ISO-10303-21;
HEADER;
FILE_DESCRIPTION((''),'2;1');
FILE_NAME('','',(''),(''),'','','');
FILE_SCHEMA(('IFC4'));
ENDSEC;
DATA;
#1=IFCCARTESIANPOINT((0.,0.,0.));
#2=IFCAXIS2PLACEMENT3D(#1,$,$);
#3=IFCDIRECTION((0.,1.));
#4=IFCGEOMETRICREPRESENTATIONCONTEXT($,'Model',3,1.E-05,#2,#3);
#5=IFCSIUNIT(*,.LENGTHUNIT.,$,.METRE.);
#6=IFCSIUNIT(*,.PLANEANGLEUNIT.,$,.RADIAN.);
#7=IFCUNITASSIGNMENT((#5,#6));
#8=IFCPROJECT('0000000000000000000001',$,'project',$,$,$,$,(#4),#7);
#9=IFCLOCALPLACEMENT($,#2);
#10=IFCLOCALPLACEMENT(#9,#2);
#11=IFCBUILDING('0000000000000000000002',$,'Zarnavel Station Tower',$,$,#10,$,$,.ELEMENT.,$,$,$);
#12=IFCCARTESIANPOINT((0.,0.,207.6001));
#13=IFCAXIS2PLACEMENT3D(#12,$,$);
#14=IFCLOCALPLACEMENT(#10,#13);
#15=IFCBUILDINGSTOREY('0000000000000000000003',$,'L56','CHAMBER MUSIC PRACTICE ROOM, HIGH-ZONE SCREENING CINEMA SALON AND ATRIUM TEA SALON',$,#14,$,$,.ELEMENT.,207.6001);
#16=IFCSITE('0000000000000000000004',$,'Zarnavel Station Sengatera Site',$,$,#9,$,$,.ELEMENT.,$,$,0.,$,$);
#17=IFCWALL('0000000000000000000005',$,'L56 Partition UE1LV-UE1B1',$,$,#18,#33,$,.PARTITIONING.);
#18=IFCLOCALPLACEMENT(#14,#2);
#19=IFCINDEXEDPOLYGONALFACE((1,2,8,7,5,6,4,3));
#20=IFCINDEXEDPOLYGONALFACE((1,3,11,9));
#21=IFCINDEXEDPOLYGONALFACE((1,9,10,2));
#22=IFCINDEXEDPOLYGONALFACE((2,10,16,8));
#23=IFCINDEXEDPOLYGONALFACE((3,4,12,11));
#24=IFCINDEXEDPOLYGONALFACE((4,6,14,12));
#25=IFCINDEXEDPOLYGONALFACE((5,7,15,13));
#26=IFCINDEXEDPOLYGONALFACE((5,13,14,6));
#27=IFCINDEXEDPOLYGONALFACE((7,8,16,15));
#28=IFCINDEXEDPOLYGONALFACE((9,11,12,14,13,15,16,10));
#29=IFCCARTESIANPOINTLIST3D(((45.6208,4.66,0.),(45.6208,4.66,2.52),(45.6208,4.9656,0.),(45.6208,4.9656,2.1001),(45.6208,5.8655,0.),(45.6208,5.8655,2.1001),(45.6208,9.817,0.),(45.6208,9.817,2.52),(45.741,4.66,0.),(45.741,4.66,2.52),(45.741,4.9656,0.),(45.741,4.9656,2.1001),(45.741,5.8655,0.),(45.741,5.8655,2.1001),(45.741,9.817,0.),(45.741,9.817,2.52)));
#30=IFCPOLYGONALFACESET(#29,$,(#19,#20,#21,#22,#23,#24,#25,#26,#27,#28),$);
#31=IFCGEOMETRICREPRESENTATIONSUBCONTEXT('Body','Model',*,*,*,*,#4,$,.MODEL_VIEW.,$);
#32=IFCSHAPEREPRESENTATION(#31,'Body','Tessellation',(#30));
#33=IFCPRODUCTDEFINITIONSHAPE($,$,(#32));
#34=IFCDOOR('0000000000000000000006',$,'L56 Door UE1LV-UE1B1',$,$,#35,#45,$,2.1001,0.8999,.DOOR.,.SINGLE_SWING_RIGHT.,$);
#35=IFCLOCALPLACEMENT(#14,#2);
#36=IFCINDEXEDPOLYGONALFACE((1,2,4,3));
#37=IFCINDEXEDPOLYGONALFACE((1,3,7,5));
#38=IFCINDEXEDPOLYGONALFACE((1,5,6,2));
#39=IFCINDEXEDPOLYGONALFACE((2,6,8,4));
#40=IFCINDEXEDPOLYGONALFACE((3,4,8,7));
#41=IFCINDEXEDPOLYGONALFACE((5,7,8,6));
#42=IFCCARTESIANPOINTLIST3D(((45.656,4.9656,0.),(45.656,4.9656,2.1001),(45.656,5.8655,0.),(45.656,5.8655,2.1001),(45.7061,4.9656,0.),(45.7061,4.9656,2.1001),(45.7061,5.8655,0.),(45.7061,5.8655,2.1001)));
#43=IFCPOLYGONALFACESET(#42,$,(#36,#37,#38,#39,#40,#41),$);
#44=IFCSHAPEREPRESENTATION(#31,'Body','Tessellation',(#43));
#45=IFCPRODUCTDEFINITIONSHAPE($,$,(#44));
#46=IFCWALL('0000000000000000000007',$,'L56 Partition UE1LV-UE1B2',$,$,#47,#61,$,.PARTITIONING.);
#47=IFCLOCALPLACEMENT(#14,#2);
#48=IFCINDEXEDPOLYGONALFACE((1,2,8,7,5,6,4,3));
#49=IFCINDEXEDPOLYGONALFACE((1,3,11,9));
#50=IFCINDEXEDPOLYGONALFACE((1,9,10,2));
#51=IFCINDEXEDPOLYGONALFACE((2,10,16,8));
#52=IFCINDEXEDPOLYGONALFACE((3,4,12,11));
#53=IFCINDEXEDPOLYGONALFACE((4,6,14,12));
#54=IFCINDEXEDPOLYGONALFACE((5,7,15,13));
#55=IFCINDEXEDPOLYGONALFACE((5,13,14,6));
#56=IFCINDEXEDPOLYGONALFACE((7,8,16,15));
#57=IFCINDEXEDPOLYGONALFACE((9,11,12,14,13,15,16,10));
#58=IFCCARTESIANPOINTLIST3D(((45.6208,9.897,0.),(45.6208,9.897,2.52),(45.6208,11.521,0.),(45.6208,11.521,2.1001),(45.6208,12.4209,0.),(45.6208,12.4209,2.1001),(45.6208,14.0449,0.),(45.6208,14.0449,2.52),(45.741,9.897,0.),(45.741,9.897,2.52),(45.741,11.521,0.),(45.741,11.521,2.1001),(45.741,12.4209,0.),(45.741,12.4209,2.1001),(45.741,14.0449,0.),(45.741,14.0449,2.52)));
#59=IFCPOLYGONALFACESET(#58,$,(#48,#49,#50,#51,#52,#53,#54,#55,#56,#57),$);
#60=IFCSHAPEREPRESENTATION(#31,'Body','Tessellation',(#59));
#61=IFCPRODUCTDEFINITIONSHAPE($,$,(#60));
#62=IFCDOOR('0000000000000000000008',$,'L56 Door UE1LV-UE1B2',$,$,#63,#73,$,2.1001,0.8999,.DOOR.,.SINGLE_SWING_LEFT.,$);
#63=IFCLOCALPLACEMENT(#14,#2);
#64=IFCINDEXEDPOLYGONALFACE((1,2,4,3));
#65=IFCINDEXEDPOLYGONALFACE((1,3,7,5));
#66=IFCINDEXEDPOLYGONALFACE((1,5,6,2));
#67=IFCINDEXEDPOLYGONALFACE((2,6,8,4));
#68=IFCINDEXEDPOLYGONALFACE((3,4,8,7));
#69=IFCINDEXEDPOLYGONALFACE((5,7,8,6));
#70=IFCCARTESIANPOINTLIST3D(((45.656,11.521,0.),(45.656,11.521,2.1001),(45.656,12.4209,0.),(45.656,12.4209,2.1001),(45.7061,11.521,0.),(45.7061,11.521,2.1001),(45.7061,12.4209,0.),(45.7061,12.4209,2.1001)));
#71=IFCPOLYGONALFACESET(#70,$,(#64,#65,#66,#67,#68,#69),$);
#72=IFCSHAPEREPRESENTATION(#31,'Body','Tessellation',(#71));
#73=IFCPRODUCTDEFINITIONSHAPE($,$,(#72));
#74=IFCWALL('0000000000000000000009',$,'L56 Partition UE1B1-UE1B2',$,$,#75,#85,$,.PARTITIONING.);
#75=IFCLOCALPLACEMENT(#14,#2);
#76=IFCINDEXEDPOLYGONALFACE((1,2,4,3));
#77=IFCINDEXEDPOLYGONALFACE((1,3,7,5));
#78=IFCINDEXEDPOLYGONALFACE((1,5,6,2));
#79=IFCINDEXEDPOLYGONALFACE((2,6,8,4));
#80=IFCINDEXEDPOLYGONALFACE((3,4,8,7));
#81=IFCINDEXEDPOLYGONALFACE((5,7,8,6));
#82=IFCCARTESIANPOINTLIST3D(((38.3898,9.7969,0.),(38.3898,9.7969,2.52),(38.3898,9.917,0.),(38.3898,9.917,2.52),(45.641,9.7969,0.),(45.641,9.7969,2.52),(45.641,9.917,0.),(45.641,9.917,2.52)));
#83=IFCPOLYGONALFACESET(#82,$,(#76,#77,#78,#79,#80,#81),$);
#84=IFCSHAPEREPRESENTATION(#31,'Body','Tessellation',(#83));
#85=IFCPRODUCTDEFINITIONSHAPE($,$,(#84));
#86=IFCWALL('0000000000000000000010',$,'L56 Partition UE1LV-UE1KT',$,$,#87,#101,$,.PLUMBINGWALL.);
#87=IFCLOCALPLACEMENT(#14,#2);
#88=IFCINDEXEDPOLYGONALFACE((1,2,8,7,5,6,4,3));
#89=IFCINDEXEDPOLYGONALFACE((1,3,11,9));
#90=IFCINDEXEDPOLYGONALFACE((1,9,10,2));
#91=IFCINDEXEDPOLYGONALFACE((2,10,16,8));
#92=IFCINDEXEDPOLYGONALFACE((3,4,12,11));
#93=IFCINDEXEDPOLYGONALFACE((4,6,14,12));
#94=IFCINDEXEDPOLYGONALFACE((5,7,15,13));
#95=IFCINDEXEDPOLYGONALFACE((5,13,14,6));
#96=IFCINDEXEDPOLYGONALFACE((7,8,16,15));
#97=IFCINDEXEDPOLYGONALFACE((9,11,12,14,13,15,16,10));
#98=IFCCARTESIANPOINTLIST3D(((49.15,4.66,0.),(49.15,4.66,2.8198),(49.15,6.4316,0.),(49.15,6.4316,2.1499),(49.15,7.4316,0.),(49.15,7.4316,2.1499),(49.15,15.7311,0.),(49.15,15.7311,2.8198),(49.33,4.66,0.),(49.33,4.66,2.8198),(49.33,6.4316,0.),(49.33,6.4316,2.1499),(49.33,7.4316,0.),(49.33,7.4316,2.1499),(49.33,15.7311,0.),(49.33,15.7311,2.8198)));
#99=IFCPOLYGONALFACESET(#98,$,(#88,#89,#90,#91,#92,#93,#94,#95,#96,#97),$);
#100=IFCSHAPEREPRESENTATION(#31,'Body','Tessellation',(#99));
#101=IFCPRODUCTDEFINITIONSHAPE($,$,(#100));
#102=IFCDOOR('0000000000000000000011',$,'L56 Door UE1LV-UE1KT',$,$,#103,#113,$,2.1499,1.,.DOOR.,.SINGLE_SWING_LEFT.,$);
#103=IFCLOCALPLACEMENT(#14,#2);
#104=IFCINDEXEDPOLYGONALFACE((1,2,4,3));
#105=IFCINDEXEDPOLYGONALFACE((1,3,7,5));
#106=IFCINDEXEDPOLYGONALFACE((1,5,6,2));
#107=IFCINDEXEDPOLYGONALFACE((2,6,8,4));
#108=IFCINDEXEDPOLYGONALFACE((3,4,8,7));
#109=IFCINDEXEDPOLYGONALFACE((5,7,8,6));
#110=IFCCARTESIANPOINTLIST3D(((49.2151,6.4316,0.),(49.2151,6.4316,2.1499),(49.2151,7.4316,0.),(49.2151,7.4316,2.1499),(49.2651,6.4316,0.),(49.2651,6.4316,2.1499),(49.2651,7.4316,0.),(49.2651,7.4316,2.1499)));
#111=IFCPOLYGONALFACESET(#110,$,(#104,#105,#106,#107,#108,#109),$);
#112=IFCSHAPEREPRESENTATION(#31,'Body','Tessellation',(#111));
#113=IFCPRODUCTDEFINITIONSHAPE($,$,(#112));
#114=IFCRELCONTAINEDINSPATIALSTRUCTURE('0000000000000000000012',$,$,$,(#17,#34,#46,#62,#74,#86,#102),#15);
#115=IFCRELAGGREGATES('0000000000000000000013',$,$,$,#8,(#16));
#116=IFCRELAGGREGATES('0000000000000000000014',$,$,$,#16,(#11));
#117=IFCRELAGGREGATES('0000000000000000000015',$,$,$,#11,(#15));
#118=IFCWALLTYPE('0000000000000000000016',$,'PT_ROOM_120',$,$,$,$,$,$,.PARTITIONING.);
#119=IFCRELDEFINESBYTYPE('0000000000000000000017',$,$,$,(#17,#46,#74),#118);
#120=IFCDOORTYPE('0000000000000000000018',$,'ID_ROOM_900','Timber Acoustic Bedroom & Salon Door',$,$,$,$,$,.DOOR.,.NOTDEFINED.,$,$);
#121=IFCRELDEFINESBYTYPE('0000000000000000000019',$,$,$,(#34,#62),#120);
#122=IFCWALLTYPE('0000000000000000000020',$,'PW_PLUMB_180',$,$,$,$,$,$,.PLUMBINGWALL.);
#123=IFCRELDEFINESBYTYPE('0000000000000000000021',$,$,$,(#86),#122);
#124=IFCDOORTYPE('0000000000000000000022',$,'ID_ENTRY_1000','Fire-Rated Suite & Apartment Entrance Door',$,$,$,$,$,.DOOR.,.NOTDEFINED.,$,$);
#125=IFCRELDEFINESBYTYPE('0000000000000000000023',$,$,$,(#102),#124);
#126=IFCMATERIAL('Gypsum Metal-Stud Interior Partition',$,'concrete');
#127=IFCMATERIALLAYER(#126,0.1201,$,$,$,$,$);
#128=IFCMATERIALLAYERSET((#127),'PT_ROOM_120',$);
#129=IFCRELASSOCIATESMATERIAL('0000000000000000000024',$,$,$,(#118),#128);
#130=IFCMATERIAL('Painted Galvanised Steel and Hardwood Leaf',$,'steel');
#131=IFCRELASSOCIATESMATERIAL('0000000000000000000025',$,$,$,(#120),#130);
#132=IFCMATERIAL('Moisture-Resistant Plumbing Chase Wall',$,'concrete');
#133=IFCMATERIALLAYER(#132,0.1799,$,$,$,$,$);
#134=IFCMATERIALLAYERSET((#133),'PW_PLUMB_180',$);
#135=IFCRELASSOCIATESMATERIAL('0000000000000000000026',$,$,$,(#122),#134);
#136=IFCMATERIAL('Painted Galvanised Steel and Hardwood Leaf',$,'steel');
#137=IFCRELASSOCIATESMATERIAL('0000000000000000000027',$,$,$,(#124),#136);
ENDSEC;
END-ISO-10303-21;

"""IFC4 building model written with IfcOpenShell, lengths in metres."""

from ifc_helpers import new_model, si_unit, direction, frame, frame_2d, origin, place, context, subcontext, project, spatial, rectangle, extrude, material, layer, layer_set, type_object, element, fill, save


model = new_model("IFC4")

# Units and contexts
model_context = context("Model", 3, precision=1e-05, world=origin(), true_north=direction((0.0, 1.0)))
body_context = subcontext(model_context, "Body", "Model", "MODEL_VIEW")
ifc_project = project(units=[si_unit("LENGTHUNIT", "METRE"), si_unit("PLANEANGLEUNIT", "RADIAN")], contexts=[model_context])

# Site, building, storey
site_placement = place(None, origin())
site = spatial("IfcSite", under=ifc_project, at=site_placement, Name="Zarnavel Station Sengatera Site", CompositionType="ELEMENT", RefElevation=0.0)
building_placement = place(site_placement, origin())
building = spatial("IfcBuilding", under=site, at=building_placement, Name="Zarnavel Station Tower", CompositionType="ELEMENT")
storey_placement = place(building_placement, frame((0.0, 0.0, 207.6001)))
storey = spatial("IfcBuildingStorey", under=building, at=storey_placement, Name="L56", Description="CHAMBER MUSIC PRACTICE ROOM, HIGH-ZONE SCREENING CINEMA SALON AND ATRIUM TEA SALON", CompositionType="ELEMENT", Elevation=207.6001)

# Walls, openings, doors
ifc_material_1 = material(Name="Gypsum Metal-Stud Interior Partition", Category="concrete")
ifc_layer_1 = layer(ifc_material_1, 0.1201)
ifc_layer_set_1 = layer_set([ifc_layer_1], Name="PT_ROOM_120")
wall_type_1 = type_object("IfcWallType", Name="PT_ROOM_120", PredefinedType="PARTITIONING", material=ifc_layer_set_1)
wall_1_placement = place(storey_placement, frame((45.6809, 4.6599, 0.0), z_axis=(0.0, 0.0, 1.0), x_axis=(0.0, 1.0, 0.0)))
wall_1 = element("IfcWall", 1, at=wall_1_placement, inside=storey, type_object=wall_type_1, Name="L56 Partition UE1LV-UE1B1", PredefinedType="PARTITIONING", context=body_context, shape_type="SweptSolid", body=[
    extrude(rectangle(XDim=5.157, YDim=0.1201, at=frame_2d((2.5786, 0.0))), origin(), (0.0, 0.0, 1.0), 2.52),
])
opening_1_placement = place(wall_1_placement, frame((0.3057, 0.0, 0.0)))
opening_1 = element("IfcOpeningElement", 2, at=opening_1_placement, cuts=wall_1, PredefinedType="OPENING", context=body_context, shape_type="SweptSolid", body=[
    extrude(rectangle(XDim=0.8999, YDim=2.1001, at=frame_2d((0.45, 1.05))), frame((0.0, 0.0701, 0.0), z_axis=(0.0, -1.0, 0.0), x_axis=(1.0, 0.0, 0.0)), (0.0, 0.0, 1.0), 0.1401),
])
ifc_material_2 = material(Name="Painted Galvanised Steel and Hardwood Leaf", Category="steel")
door_type_1 = type_object("IfcDoorType", Name="ID_ROOM_900", Description="Timber Acoustic Bedroom & Salon Door", OperationType="NOTDEFINED", PredefinedType="DOOR", material=ifc_material_2)
door_1_placement = place(opening_1_placement, origin())
door_1 = element("IfcDoor", 3, at=door_1_placement, inside=storey, type_object=door_type_1, Name="L56 Door UE1LV-UE1B1", OperationType="SINGLE_SWING_RIGHT", OverallHeight=2.1001, OverallWidth=0.8999, PredefinedType="DOOR", context=body_context, shape_type="SweptSolid", body=[
    extrude(rectangle(XDim=0.8999, YDim=2.1001, at=frame_2d((0.45, 1.05))), frame((0.0, 0.0249, 0.0), z_axis=(0.0, -1.0, 0.0), x_axis=(1.0, 0.0, 0.0)), (0.0, 0.0, 1.0), 0.05),
])
fill(opening_1, door_1)
wall_2_placement = place(storey_placement, frame((45.6809, 9.897, 0.0), z_axis=(0.0, 0.0, 1.0), x_axis=(0.0, 1.0, 0.0)))
wall_2 = element("IfcWall", 4, at=wall_2_placement, inside=storey, type_object=wall_type_1, Name="L56 Partition UE1LV-UE1B2", PredefinedType="PARTITIONING", context=body_context, shape_type="SweptSolid", body=[
    extrude(rectangle(XDim=4.1479, YDim=0.1201, at=frame_2d((2.074, 0.0))), origin(), (0.0, 0.0, 1.0), 2.52),
])
opening_2_placement = place(wall_2_placement, frame((1.624, 0.0, 0.0)))
opening_2 = element("IfcOpeningElement", 5, at=opening_2_placement, cuts=wall_2, PredefinedType="OPENING", context=body_context, shape_type="SweptSolid", body=[
    extrude(rectangle(XDim=0.8999, YDim=2.1001, at=frame_2d((0.45, 1.05))), frame((0.0, 0.0701, 0.0), z_axis=(0.0, -1.0, 0.0), x_axis=(1.0, 0.0, 0.0)), (0.0, 0.0, 1.0), 0.1401),
])
door_2_placement = place(opening_2_placement, origin())
door_2 = element("IfcDoor", 6, at=door_2_placement, inside=storey, type_object=door_type_1, Name="L56 Door UE1LV-UE1B2", OperationType="SINGLE_SWING_LEFT", OverallHeight=2.1001, OverallWidth=0.8999, PredefinedType="DOOR", context=body_context, shape_type="SweptSolid", body=[
    extrude(rectangle(XDim=0.8999, YDim=2.1001, at=frame_2d((0.45, 1.05))), frame((0.0, 0.0249, 0.0), z_axis=(0.0, -1.0, 0.0), x_axis=(1.0, 0.0, 0.0)), (0.0, 0.0, 1.0), 0.05),
])
fill(opening_2, door_2)

# Wall
wall_3_placement = place(storey_placement, frame((38.3899, 9.8569, 0.0), z_axis=(0.0, 0.0, 1.0), x_axis=(1.0, 0.0, 0.0)))
element("IfcWall", 7, at=wall_3_placement, inside=storey, type_object=wall_type_1, Name="L56 Partition UE1B1-UE1B2", PredefinedType="PARTITIONING", context=body_context, shape_type="SweptSolid", body=[
    extrude(rectangle(XDim=7.2512, YDim=0.1201, at=frame_2d((3.6255, 0.0))), origin(), (0.0, 0.0, 1.0), 2.52),
])

# Wall, opening, door
ifc_material_3 = material(Name="Moisture-Resistant Plumbing Chase Wall", Category="concrete")
ifc_layer_2 = layer(ifc_material_3, 0.1799)
ifc_layer_set_2 = layer_set([ifc_layer_2], Name="PW_PLUMB_180")
wall_type_2 = type_object("IfcWallType", Name="PW_PLUMB_180", PredefinedType="PLUMBINGWALL", material=ifc_layer_set_2)
wall_4_placement = place(storey_placement, frame((49.24, 4.6599, 0.0), z_axis=(0.0, 0.0, 1.0), x_axis=(0.0, 1.0, 0.0)))
wall_4 = element("IfcWall", 8, at=wall_4_placement, inside=storey, type_object=wall_type_2, Name="L56 Partition UE1LV-UE1KT", PredefinedType="PLUMBINGWALL", context=body_context, shape_type="SweptSolid", body=[
    extrude(rectangle(XDim=11.071, YDim=0.1799, at=frame_2d((5.5356, 0.0))), origin(), (0.0, 0.0, 1.0), 2.8198),
])
opening_3_placement = place(wall_4_placement, frame((1.7717, 0.0, 0.0)))
opening_3 = element("IfcOpeningElement", 9, at=opening_3_placement, cuts=wall_4, PredefinedType="OPENING", context=body_context, shape_type="SweptSolid", body=[
    extrude(rectangle(XDim=1.0, YDim=2.1499, at=frame_2d((0.5, 1.075))), frame((0.0, 0.0999, 0.0), z_axis=(0.0, -1.0, 0.0), x_axis=(1.0, 0.0, 0.0)), (0.0, 0.0, 1.0), 0.2),
])
ifc_material_4 = material(Name="Painted Galvanised Steel and Hardwood Leaf", Category="steel")
door_type_2 = type_object("IfcDoorType", Name="ID_ENTRY_1000", Description="Fire-Rated Suite & Apartment Entrance Door", OperationType="NOTDEFINED", PredefinedType="DOOR", material=ifc_material_4)
door_3_placement = place(opening_3_placement, origin())
door_3 = element("IfcDoor", 10, at=door_3_placement, inside=storey, type_object=door_type_2, Name="L56 Door UE1LV-UE1KT", OperationType="SINGLE_SWING_LEFT", OverallHeight=2.1499, OverallWidth=1.0, PredefinedType="DOOR", context=body_context, shape_type="SweptSolid", body=[
    extrude(rectangle(XDim=1.0, YDim=2.1499, at=frame_2d((0.5, 1.075))), frame((0.0, 0.0249, 0.0), z_axis=(0.0, -1.0, 0.0), x_axis=(1.0, 0.0, 0.0)), (0.0, 0.0, 1.0), 0.05),
])
fill(opening_3, door_3)

save(model, "model.ifc")
